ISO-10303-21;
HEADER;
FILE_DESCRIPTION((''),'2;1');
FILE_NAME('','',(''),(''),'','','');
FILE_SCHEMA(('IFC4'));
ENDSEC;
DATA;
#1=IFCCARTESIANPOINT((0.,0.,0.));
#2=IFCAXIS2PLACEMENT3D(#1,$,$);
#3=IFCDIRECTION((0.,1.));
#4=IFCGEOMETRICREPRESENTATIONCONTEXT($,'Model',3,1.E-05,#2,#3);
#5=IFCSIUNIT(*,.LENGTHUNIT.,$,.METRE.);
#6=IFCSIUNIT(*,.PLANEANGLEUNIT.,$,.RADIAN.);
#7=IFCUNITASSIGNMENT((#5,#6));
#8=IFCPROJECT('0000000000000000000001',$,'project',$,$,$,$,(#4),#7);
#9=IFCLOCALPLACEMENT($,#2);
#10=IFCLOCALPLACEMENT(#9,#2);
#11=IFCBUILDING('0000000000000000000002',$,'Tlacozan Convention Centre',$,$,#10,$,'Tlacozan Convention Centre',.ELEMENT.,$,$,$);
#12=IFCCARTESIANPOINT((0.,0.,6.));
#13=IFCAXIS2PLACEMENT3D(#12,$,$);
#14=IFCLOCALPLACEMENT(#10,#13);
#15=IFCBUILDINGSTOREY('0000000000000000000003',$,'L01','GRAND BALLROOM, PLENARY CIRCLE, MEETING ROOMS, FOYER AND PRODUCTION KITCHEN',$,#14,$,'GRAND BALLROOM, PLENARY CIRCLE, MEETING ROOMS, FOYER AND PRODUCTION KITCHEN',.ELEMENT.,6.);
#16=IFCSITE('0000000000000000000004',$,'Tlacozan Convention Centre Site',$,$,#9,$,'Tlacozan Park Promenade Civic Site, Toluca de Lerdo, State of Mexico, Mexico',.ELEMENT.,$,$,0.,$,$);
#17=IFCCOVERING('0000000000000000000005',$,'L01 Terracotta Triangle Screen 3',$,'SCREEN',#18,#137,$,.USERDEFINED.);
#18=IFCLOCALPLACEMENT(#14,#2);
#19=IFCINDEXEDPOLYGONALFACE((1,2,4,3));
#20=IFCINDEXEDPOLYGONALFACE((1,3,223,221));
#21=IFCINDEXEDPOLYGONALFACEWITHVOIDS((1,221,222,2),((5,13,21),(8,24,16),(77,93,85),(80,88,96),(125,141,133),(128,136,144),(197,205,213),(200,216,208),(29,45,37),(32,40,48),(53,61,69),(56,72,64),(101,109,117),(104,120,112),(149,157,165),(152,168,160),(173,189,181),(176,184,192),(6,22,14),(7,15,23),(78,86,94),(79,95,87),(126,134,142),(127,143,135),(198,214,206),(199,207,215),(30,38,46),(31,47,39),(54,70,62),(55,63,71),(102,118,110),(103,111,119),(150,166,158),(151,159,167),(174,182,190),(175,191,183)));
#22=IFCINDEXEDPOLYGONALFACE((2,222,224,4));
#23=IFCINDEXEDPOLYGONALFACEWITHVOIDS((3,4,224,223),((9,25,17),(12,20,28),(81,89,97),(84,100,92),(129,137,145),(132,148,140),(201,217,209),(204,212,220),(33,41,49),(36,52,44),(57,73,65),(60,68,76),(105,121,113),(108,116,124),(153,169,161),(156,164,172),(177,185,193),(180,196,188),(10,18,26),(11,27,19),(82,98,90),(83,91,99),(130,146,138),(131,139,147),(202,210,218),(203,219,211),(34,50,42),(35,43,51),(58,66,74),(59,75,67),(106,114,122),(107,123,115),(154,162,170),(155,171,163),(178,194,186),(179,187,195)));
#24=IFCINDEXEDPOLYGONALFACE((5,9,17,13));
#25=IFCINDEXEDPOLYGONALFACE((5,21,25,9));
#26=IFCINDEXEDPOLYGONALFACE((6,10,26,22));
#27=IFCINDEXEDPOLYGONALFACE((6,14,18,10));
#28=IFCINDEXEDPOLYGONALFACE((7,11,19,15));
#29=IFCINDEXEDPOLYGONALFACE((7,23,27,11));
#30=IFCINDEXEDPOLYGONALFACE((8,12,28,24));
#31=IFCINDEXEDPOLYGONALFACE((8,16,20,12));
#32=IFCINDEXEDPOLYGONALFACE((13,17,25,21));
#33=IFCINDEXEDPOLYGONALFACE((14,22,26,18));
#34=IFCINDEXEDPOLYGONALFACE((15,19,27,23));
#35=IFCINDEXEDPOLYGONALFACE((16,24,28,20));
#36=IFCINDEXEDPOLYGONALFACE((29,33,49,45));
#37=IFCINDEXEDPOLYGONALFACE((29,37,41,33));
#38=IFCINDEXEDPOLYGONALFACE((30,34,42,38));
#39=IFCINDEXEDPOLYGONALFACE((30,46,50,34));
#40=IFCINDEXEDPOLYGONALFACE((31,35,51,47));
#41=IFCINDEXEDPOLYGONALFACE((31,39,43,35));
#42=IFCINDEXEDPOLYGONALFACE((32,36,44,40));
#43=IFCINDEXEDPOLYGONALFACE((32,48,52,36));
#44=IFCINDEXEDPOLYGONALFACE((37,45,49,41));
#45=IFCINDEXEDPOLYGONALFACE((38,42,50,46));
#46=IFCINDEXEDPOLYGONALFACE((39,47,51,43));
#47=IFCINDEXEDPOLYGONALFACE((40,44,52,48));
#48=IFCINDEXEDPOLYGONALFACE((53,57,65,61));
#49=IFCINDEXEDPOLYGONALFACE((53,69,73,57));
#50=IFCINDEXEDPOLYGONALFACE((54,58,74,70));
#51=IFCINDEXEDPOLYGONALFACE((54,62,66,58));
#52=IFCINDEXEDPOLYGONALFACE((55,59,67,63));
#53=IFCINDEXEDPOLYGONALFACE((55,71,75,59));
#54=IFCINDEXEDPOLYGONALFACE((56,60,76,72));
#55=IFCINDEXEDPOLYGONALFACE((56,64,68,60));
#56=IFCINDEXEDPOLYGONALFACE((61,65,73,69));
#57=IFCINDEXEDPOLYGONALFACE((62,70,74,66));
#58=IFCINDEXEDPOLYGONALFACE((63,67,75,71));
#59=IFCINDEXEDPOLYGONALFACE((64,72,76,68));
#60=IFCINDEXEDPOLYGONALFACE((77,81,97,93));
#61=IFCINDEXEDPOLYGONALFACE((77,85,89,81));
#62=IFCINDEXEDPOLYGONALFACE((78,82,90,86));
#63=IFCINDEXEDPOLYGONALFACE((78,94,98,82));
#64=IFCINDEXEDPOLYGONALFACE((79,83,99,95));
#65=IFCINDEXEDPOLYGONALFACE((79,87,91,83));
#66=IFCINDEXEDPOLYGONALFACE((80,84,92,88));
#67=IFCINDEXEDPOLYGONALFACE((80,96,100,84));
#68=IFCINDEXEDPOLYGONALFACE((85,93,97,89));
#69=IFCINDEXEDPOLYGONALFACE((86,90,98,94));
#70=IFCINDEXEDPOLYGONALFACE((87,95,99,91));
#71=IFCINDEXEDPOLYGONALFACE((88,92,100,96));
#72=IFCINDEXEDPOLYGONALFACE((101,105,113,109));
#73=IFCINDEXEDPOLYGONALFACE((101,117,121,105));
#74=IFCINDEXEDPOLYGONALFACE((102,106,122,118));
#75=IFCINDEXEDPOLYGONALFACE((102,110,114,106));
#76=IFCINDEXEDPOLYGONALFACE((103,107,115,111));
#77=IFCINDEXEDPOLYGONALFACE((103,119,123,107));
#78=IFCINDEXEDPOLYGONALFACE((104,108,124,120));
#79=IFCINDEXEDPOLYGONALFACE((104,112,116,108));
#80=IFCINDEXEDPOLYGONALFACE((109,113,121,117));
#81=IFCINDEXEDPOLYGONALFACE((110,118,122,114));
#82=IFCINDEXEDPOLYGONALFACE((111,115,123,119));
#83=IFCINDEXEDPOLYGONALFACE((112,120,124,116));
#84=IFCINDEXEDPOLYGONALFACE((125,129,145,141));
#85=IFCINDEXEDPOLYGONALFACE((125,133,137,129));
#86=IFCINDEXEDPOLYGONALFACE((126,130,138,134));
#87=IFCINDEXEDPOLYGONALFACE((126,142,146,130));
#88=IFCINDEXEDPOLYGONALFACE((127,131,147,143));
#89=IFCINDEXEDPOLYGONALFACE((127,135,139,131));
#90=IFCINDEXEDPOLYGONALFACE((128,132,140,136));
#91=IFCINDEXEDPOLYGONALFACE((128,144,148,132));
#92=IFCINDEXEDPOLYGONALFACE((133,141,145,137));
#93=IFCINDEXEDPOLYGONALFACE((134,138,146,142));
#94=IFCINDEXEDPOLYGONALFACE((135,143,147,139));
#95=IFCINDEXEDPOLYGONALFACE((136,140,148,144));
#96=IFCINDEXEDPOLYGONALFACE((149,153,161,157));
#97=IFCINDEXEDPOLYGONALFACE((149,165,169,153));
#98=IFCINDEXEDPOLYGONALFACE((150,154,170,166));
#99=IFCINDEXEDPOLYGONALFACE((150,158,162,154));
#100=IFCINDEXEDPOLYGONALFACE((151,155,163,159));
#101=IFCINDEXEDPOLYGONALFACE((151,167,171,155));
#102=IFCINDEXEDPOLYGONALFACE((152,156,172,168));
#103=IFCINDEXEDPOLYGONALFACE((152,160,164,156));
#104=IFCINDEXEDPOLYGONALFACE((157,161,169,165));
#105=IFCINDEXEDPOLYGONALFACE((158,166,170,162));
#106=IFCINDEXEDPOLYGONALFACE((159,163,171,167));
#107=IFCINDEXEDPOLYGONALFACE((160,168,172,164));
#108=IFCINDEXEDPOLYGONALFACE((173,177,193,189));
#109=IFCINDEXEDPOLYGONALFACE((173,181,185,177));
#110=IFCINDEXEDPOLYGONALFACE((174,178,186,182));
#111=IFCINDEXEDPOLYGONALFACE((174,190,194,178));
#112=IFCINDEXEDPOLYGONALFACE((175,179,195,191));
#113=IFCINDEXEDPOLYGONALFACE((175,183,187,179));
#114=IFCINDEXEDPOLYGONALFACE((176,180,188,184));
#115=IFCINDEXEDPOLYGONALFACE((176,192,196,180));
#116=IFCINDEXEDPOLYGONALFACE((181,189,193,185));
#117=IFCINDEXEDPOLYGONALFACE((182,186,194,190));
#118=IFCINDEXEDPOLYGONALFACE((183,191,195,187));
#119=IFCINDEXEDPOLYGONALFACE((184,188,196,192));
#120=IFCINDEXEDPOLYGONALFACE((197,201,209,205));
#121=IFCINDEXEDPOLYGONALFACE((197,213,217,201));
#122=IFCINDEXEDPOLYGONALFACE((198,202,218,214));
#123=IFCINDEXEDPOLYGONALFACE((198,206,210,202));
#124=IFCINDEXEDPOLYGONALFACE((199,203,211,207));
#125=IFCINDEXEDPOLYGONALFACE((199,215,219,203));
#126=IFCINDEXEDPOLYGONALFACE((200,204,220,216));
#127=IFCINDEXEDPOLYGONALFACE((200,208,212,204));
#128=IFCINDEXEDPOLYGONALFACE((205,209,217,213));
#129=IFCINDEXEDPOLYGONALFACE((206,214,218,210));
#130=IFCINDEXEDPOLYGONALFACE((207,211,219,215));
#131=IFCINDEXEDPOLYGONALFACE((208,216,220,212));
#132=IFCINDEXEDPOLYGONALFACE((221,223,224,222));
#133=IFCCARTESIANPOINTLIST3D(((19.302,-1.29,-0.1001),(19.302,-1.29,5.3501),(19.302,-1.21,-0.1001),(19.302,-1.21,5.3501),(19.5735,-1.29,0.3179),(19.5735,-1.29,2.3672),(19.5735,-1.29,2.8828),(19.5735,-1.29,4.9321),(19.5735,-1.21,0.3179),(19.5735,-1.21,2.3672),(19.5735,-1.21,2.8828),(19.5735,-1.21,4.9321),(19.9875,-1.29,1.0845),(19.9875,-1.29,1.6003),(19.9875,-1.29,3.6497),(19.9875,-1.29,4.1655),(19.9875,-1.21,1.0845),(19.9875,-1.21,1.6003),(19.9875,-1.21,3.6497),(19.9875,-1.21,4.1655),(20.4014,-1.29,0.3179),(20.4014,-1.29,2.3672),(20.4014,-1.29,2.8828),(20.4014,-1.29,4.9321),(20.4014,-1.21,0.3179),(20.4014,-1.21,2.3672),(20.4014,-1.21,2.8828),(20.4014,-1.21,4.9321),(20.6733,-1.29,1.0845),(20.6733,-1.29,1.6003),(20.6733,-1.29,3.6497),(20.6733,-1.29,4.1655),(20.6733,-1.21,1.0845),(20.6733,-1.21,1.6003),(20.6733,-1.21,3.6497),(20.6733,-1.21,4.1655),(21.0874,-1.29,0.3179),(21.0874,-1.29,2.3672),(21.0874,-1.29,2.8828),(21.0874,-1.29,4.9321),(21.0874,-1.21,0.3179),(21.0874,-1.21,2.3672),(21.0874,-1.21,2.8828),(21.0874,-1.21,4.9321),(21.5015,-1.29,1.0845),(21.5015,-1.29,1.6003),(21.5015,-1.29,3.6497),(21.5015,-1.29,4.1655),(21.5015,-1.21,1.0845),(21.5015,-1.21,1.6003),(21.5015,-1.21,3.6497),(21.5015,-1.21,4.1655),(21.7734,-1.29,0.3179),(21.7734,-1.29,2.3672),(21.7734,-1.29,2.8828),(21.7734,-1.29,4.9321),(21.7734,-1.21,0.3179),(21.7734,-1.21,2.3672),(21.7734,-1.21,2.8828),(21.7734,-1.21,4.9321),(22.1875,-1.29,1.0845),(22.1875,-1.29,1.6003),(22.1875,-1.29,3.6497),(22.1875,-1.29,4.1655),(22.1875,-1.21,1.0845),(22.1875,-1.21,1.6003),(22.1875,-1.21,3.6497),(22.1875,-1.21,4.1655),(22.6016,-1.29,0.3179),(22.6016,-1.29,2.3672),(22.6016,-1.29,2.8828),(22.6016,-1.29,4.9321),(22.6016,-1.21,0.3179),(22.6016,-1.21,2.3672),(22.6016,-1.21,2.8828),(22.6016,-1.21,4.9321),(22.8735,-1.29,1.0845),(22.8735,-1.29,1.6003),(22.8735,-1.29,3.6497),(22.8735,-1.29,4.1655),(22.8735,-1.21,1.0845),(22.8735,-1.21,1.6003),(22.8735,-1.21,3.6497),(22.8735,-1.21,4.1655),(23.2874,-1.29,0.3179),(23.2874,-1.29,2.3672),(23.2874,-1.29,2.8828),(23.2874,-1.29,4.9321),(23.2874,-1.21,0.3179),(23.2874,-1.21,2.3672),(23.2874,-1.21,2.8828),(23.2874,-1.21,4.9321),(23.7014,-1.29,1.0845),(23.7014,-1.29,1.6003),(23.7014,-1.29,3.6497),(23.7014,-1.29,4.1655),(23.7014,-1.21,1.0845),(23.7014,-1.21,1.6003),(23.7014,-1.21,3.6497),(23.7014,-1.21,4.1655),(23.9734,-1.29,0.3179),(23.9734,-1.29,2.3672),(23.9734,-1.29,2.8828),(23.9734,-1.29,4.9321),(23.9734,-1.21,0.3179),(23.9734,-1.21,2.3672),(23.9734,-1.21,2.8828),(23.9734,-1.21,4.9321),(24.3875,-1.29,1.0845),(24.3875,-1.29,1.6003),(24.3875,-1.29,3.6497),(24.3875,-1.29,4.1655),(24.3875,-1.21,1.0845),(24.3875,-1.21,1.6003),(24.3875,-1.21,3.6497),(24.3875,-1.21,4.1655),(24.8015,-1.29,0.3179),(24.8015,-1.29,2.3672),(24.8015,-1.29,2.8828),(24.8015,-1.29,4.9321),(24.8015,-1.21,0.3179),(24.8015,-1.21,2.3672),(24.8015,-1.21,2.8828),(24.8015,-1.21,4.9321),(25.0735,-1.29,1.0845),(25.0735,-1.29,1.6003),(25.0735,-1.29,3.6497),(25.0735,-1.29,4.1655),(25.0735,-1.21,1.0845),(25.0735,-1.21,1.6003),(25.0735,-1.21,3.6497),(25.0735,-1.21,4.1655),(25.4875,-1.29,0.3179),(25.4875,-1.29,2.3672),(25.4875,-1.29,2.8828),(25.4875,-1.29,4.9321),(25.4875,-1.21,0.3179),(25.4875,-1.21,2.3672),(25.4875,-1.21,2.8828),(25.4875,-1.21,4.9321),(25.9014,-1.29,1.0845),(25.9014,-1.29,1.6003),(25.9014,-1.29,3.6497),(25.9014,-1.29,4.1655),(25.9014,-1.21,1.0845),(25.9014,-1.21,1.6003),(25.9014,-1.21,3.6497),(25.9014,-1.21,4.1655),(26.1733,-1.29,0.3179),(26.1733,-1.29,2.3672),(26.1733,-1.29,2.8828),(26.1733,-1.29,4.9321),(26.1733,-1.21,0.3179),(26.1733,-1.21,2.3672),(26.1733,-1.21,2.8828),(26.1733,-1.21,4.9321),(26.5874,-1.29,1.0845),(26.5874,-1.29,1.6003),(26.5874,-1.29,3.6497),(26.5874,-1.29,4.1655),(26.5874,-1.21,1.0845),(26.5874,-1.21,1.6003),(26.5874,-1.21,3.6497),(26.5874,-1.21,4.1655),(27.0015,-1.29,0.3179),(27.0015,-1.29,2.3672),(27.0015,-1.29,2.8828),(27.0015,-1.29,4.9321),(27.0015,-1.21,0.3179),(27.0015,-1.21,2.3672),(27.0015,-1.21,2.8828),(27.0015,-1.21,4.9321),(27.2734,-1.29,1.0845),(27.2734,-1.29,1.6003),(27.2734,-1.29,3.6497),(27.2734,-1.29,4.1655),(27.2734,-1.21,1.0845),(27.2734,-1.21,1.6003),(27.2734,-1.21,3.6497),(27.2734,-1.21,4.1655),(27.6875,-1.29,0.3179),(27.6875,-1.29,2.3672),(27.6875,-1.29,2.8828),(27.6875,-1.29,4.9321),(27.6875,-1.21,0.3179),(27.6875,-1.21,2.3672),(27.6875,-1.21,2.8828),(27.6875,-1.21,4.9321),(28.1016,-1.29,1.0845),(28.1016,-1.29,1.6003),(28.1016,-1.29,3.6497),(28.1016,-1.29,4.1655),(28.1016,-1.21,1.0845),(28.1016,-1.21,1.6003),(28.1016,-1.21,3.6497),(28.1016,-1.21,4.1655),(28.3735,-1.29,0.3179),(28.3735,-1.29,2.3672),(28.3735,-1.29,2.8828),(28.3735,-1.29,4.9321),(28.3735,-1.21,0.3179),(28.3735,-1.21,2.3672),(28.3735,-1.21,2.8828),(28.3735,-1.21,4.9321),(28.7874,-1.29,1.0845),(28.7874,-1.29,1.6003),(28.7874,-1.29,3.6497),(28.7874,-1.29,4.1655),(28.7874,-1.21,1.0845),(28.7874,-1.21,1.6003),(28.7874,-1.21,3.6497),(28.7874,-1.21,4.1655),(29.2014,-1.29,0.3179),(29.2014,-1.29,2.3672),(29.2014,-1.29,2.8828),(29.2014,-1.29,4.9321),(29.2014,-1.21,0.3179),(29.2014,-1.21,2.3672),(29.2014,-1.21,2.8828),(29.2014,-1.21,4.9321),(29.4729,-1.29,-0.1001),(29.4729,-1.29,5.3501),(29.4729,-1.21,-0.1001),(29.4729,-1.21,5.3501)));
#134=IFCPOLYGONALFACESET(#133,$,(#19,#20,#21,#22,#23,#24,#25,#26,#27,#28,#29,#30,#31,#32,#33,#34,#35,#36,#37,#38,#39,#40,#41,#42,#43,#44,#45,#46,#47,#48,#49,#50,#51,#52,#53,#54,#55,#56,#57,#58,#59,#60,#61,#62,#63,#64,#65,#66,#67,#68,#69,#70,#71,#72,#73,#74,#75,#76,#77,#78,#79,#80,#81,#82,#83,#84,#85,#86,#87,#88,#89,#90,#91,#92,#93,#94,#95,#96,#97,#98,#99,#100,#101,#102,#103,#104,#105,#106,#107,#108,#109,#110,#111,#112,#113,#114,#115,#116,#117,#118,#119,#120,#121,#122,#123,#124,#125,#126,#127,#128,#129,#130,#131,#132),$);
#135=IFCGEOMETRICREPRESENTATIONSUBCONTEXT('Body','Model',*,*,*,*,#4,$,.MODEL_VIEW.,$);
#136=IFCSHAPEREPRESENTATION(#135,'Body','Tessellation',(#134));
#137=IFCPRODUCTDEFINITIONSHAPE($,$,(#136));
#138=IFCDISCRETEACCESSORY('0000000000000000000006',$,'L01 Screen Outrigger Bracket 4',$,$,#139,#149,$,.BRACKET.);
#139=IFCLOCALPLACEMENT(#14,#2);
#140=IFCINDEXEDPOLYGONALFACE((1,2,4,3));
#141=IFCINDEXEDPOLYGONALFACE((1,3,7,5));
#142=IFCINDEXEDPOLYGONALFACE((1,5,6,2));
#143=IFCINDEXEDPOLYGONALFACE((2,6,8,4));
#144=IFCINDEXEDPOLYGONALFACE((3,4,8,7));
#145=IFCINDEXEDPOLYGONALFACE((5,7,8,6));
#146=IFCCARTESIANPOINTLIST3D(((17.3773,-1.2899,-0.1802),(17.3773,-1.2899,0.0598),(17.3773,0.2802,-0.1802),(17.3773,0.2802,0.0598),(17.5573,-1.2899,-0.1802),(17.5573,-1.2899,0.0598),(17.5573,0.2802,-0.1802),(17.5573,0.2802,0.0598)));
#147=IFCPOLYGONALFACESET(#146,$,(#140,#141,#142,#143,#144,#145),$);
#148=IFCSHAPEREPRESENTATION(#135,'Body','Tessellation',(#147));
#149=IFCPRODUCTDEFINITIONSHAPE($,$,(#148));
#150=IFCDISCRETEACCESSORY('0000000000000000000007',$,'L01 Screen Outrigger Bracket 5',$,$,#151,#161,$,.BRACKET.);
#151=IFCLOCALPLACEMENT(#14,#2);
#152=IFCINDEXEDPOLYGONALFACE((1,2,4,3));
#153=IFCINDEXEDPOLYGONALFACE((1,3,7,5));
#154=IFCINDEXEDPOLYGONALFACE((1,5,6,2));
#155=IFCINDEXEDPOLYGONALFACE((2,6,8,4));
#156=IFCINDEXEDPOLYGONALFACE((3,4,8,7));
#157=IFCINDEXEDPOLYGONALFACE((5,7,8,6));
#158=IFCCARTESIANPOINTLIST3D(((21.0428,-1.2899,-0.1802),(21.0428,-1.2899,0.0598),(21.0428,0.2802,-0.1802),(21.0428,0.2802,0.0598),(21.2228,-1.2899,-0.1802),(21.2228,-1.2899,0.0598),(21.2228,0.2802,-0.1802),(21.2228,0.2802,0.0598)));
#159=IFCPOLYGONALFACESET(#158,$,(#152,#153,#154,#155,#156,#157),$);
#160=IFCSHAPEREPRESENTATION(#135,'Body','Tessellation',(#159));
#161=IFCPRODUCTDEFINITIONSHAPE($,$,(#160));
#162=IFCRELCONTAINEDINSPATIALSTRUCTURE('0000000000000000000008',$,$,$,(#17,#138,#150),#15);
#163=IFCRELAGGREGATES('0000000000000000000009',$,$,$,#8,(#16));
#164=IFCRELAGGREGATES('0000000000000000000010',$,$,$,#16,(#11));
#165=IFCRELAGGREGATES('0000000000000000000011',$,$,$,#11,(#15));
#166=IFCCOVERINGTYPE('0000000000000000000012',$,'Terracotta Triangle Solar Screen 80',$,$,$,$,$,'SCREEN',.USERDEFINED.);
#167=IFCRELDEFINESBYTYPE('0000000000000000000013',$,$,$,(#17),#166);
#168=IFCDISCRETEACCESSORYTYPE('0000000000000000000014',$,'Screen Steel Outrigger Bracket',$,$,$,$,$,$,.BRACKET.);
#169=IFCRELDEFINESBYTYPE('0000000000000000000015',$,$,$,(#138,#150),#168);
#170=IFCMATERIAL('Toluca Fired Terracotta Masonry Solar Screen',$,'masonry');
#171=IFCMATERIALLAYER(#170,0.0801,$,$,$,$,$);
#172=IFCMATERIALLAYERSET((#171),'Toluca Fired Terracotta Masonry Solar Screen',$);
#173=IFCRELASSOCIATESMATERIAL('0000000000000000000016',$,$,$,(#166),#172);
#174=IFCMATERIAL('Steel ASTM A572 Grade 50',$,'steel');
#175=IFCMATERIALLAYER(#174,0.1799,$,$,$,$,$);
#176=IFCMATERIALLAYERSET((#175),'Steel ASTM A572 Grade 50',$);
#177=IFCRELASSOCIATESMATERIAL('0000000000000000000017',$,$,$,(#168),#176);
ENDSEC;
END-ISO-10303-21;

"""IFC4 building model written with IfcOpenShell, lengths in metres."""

from ifc_helpers import new_model, si_unit, direction, frame, origin, origin_2d, place, context, subcontext, project, spatial, polyline, rectangle, outline, extrude, material, layer, layer_set, type_object, element, save


model = new_model("IFC4")

# Units and contexts
model_context = context("Model", 3, precision=1e-05, world=origin(), true_north=direction((0.0, 1.0)))
body_context = subcontext(model_context, "Body", "Model", "MODEL_VIEW")
ifc_project = project(units=[si_unit("LENGTHUNIT", "METRE"), si_unit("PLANEANGLEUNIT", "RADIAN")], contexts=[model_context])

# Site, building, storey
site_placement = place(None, origin())
site = spatial("IfcSite", under=ifc_project, at=site_placement, Name="Tlacozan Convention Centre Site", LongName="Tlacozan Park Promenade Civic Site, Toluca de Lerdo, State of Mexico, Mexico", CompositionType="ELEMENT", RefElevation=0.0)
building_placement = place(site_placement, origin())
building = spatial("IfcBuilding", under=site, at=building_placement, Name="Tlacozan Convention Centre", LongName="Tlacozan Convention Centre", CompositionType="ELEMENT")
storey_placement = place(building_placement, frame((0.0, 0.0, 6.0)))
storey = spatial("IfcBuildingStorey", under=building, at=storey_placement, Name="L01", Description="GRAND BALLROOM, PLENARY CIRCLE, MEETING ROOMS, FOYER AND PRODUCTION KITCHEN", LongName="GRAND BALLROOM, PLENARY CIRCLE, MEETING ROOMS, FOYER AND PRODUCTION KITCHEN", CompositionType="ELEMENT", Elevation=6.0)

# Covering
ifc_material_1 = material(Name="Toluca Fired Terracotta Masonry Solar Screen", Category="masonry")
ifc_layer_1 = layer(ifc_material_1, 0.0801)
ifc_layer_set_1 = layer_set([ifc_layer_1], Name="Toluca Fired Terracotta Masonry Solar Screen")
covering_type = type_object("IfcCoveringType", Name="Terracotta Triangle Solar Screen 80", ElementType="SCREEN", PredefinedType="USERDEFINED", material=ifc_layer_set_1)
covering_placement = place(storey_placement, frame((19.302, -1.25, -0.1001), z_axis=(0.0, 0.0, 1.0), x_axis=(1.0, 0.0, 0.0)))
element("IfcCovering", 1, at=covering_placement, inside=storey, type_object=covering_type, Name="L01 Terracotta Triangle Screen 3", ObjectType="SCREEN", PredefinedType="USERDEFINED", context=body_context, shape_type="SweptSolid", body=[
    extrude(outline(polyline([(0.0, 0.0), (10.1709, 0.0), (10.1709, 5.4502), (0.0, 5.4502), (0.0, 0.0)]), holes=[polyline([(0.2715, 0.418), (1.0994, 0.418), (0.6855, 1.1846), (0.2715, 0.418)]), polyline([(1.3713, 1.1846), (2.1995, 1.1846), (1.7854, 0.418), (1.3713, 1.1846)]), polyline([(2.4714, 0.418), (3.2996, 0.418), (2.8855, 1.1846), (2.4714, 0.418)]), polyline([(3.5715, 1.1846), (4.3994, 1.1846), (3.9854, 0.418), (3.5715, 1.1846)]), polyline([(4.6714, 0.418), (5.4995, 0.418), (5.0854, 1.1846), (4.6714, 0.418)]), polyline([(5.7715, 1.1846), (6.5994, 1.1846), (6.1855, 0.418), (5.7715, 1.1846)]), polyline([(6.8713, 0.418), (7.6995, 0.418), (7.2854, 1.1846), (6.8713, 0.418)]), polyline([(7.9714, 1.1846), (8.7996, 1.1846), (8.3855, 0.418), (7.9714, 1.1846)]), polyline([(9.0715, 0.418), (9.8994, 0.418), (9.4854, 1.1846), (9.0715, 0.418)]), polyline([(0.2715, 2.4673), (1.0994, 2.4673), (0.6855, 1.7004), (0.2715, 2.4673)]), polyline([(1.3713, 1.7004), (2.1995, 1.7004), (1.7854, 2.4673), (1.3713, 1.7004)]), polyline([(2.4714, 2.4673), (3.2996, 2.4673), (2.8855, 1.7004), (2.4714, 2.4673)]), polyline([(3.5715, 1.7004), (4.3994, 1.7004), (3.9854, 2.4673), (3.5715, 1.7004)]), polyline([(4.6714, 2.4673), (5.4995, 2.4673), (5.0854, 1.7004), (4.6714, 2.4673)]), polyline([(5.7715, 1.7004), (6.5994, 1.7004), (6.1855, 2.4673), (5.7715, 1.7004)]), polyline([(6.8713, 2.4673), (7.6995, 2.4673), (7.2854, 1.7004), (6.8713, 2.4673)]), polyline([(7.9714, 1.7004), (8.7996, 1.7004), (8.3855, 2.4673), (7.9714, 1.7004)]), polyline([(9.0715, 2.4673), (9.8994, 2.4673), (9.4854, 1.7004), (9.0715, 2.4673)]), polyline([(0.2715, 2.9829), (1.0994, 2.9829), (0.6855, 3.7498), (0.2715, 2.9829)]), polyline([(1.3713, 3.7498), (2.1995, 3.7498), (1.7854, 2.9829), (1.3713, 3.7498)]), polyline([(2.4714, 2.9829), (3.2996, 2.9829), (2.8855, 3.7498), (2.4714, 2.9829)]), polyline([(3.5715, 3.7498), (4.3994, 3.7498), (3.9854, 2.9829), (3.5715, 3.7498)]), polyline([(4.6714, 2.9829), (5.4995, 2.9829), (5.0854, 3.7498), (4.6714, 2.9829)]), polyline([(5.7715, 3.7498), (6.5994, 3.7498), (6.1855, 2.9829), (5.7715, 3.7498)]), polyline([(6.8713, 2.9829), (7.6995, 2.9829), (7.2854, 3.7498), (6.8713, 2.9829)]), polyline([(7.9714, 3.7498), (8.7996, 3.7498), (8.3855, 2.9829), (7.9714, 3.7498)]), polyline([(9.0715, 2.9829), (9.8994, 2.9829), (9.4854, 3.7498), (9.0715, 2.9829)]), polyline([(0.2715, 5.0322), (1.0994, 5.0322), (0.6855, 4.2656), (0.2715, 5.0322)]), polyline([(1.3713, 4.2656), (2.1995, 4.2656), (1.7854, 5.0322), (1.3713, 4.2656)]), polyline([(2.4714, 5.0322), (3.2996, 5.0322), (2.8855, 4.2656), (2.4714, 5.0322)]), polyline([(3.5715, 4.2656), (4.3994, 4.2656), (3.9854, 5.0322), (3.5715, 4.2656)]), polyline([(4.6714, 5.0322), (5.4995, 5.0322), (5.0854, 4.2656), (4.6714, 5.0322)]), polyline([(5.7715, 4.2656), (6.5994, 4.2656), (6.1855, 5.0322), (5.7715, 4.2656)]), polyline([(6.8713, 5.0322), (7.6995, 5.0322), (7.2854, 4.2656), (6.8713, 5.0322)]), polyline([(7.9714, 4.2656), (8.7996, 4.2656), (8.3855, 5.0322), (7.9714, 4.2656)]), polyline([(9.0715, 5.0322), (9.8994, 5.0322), (9.4854, 4.2656), (9.0715, 5.0322)])]), frame((0.0, 0.04, 0.0), z_axis=(0.0, -1.0, 0.0), x_axis=(1.0, 0.0, 0.0)), (0.0, 0.0, 1.0), 0.0801),
])

# Discrete accessories
ifc_material_2 = material(Name="Steel ASTM A572 Grade 50", Category="steel")
ifc_layer_2 = layer(ifc_material_2, 0.1799)
ifc_layer_set_2 = layer_set([ifc_layer_2], Name="Steel ASTM A572 Grade 50")
discrete_accessory_type = type_object("IfcDiscreteAccessoryType", Name="Screen Steel Outrigger Bracket", PredefinedType="BRACKET", material=ifc_layer_set_2)
for number, where, z_axis, x_axis, name in (
    (2, (17.4673, -0.5049, -0.1802), (0.0, 0.0, 1.0), (0.0, 1.0, 0.0), "L01 Screen Outrigger Bracket 4"),
    (3, (21.1328, -0.5049, -0.1802), (0.0, 0.0, 1.0), (0.0, 1.0, 0.0), "L01 Screen Outrigger Bracket 5"),
):
    element("IfcDiscreteAccessory", number, at=place(storey_placement, frame(where, z_axis=z_axis, x_axis=x_axis)), inside=storey, type_object=discrete_accessory_type, Name=name, PredefinedType="BRACKET", context=body_context, shape_type="SweptSolid", body=[
        extrude(rectangle(XDim=1.5701, YDim=0.1799, at=origin_2d()), origin(), (0.0, 0.0, 1.0), 0.24),
    ])

save(model, "model.ifc")
